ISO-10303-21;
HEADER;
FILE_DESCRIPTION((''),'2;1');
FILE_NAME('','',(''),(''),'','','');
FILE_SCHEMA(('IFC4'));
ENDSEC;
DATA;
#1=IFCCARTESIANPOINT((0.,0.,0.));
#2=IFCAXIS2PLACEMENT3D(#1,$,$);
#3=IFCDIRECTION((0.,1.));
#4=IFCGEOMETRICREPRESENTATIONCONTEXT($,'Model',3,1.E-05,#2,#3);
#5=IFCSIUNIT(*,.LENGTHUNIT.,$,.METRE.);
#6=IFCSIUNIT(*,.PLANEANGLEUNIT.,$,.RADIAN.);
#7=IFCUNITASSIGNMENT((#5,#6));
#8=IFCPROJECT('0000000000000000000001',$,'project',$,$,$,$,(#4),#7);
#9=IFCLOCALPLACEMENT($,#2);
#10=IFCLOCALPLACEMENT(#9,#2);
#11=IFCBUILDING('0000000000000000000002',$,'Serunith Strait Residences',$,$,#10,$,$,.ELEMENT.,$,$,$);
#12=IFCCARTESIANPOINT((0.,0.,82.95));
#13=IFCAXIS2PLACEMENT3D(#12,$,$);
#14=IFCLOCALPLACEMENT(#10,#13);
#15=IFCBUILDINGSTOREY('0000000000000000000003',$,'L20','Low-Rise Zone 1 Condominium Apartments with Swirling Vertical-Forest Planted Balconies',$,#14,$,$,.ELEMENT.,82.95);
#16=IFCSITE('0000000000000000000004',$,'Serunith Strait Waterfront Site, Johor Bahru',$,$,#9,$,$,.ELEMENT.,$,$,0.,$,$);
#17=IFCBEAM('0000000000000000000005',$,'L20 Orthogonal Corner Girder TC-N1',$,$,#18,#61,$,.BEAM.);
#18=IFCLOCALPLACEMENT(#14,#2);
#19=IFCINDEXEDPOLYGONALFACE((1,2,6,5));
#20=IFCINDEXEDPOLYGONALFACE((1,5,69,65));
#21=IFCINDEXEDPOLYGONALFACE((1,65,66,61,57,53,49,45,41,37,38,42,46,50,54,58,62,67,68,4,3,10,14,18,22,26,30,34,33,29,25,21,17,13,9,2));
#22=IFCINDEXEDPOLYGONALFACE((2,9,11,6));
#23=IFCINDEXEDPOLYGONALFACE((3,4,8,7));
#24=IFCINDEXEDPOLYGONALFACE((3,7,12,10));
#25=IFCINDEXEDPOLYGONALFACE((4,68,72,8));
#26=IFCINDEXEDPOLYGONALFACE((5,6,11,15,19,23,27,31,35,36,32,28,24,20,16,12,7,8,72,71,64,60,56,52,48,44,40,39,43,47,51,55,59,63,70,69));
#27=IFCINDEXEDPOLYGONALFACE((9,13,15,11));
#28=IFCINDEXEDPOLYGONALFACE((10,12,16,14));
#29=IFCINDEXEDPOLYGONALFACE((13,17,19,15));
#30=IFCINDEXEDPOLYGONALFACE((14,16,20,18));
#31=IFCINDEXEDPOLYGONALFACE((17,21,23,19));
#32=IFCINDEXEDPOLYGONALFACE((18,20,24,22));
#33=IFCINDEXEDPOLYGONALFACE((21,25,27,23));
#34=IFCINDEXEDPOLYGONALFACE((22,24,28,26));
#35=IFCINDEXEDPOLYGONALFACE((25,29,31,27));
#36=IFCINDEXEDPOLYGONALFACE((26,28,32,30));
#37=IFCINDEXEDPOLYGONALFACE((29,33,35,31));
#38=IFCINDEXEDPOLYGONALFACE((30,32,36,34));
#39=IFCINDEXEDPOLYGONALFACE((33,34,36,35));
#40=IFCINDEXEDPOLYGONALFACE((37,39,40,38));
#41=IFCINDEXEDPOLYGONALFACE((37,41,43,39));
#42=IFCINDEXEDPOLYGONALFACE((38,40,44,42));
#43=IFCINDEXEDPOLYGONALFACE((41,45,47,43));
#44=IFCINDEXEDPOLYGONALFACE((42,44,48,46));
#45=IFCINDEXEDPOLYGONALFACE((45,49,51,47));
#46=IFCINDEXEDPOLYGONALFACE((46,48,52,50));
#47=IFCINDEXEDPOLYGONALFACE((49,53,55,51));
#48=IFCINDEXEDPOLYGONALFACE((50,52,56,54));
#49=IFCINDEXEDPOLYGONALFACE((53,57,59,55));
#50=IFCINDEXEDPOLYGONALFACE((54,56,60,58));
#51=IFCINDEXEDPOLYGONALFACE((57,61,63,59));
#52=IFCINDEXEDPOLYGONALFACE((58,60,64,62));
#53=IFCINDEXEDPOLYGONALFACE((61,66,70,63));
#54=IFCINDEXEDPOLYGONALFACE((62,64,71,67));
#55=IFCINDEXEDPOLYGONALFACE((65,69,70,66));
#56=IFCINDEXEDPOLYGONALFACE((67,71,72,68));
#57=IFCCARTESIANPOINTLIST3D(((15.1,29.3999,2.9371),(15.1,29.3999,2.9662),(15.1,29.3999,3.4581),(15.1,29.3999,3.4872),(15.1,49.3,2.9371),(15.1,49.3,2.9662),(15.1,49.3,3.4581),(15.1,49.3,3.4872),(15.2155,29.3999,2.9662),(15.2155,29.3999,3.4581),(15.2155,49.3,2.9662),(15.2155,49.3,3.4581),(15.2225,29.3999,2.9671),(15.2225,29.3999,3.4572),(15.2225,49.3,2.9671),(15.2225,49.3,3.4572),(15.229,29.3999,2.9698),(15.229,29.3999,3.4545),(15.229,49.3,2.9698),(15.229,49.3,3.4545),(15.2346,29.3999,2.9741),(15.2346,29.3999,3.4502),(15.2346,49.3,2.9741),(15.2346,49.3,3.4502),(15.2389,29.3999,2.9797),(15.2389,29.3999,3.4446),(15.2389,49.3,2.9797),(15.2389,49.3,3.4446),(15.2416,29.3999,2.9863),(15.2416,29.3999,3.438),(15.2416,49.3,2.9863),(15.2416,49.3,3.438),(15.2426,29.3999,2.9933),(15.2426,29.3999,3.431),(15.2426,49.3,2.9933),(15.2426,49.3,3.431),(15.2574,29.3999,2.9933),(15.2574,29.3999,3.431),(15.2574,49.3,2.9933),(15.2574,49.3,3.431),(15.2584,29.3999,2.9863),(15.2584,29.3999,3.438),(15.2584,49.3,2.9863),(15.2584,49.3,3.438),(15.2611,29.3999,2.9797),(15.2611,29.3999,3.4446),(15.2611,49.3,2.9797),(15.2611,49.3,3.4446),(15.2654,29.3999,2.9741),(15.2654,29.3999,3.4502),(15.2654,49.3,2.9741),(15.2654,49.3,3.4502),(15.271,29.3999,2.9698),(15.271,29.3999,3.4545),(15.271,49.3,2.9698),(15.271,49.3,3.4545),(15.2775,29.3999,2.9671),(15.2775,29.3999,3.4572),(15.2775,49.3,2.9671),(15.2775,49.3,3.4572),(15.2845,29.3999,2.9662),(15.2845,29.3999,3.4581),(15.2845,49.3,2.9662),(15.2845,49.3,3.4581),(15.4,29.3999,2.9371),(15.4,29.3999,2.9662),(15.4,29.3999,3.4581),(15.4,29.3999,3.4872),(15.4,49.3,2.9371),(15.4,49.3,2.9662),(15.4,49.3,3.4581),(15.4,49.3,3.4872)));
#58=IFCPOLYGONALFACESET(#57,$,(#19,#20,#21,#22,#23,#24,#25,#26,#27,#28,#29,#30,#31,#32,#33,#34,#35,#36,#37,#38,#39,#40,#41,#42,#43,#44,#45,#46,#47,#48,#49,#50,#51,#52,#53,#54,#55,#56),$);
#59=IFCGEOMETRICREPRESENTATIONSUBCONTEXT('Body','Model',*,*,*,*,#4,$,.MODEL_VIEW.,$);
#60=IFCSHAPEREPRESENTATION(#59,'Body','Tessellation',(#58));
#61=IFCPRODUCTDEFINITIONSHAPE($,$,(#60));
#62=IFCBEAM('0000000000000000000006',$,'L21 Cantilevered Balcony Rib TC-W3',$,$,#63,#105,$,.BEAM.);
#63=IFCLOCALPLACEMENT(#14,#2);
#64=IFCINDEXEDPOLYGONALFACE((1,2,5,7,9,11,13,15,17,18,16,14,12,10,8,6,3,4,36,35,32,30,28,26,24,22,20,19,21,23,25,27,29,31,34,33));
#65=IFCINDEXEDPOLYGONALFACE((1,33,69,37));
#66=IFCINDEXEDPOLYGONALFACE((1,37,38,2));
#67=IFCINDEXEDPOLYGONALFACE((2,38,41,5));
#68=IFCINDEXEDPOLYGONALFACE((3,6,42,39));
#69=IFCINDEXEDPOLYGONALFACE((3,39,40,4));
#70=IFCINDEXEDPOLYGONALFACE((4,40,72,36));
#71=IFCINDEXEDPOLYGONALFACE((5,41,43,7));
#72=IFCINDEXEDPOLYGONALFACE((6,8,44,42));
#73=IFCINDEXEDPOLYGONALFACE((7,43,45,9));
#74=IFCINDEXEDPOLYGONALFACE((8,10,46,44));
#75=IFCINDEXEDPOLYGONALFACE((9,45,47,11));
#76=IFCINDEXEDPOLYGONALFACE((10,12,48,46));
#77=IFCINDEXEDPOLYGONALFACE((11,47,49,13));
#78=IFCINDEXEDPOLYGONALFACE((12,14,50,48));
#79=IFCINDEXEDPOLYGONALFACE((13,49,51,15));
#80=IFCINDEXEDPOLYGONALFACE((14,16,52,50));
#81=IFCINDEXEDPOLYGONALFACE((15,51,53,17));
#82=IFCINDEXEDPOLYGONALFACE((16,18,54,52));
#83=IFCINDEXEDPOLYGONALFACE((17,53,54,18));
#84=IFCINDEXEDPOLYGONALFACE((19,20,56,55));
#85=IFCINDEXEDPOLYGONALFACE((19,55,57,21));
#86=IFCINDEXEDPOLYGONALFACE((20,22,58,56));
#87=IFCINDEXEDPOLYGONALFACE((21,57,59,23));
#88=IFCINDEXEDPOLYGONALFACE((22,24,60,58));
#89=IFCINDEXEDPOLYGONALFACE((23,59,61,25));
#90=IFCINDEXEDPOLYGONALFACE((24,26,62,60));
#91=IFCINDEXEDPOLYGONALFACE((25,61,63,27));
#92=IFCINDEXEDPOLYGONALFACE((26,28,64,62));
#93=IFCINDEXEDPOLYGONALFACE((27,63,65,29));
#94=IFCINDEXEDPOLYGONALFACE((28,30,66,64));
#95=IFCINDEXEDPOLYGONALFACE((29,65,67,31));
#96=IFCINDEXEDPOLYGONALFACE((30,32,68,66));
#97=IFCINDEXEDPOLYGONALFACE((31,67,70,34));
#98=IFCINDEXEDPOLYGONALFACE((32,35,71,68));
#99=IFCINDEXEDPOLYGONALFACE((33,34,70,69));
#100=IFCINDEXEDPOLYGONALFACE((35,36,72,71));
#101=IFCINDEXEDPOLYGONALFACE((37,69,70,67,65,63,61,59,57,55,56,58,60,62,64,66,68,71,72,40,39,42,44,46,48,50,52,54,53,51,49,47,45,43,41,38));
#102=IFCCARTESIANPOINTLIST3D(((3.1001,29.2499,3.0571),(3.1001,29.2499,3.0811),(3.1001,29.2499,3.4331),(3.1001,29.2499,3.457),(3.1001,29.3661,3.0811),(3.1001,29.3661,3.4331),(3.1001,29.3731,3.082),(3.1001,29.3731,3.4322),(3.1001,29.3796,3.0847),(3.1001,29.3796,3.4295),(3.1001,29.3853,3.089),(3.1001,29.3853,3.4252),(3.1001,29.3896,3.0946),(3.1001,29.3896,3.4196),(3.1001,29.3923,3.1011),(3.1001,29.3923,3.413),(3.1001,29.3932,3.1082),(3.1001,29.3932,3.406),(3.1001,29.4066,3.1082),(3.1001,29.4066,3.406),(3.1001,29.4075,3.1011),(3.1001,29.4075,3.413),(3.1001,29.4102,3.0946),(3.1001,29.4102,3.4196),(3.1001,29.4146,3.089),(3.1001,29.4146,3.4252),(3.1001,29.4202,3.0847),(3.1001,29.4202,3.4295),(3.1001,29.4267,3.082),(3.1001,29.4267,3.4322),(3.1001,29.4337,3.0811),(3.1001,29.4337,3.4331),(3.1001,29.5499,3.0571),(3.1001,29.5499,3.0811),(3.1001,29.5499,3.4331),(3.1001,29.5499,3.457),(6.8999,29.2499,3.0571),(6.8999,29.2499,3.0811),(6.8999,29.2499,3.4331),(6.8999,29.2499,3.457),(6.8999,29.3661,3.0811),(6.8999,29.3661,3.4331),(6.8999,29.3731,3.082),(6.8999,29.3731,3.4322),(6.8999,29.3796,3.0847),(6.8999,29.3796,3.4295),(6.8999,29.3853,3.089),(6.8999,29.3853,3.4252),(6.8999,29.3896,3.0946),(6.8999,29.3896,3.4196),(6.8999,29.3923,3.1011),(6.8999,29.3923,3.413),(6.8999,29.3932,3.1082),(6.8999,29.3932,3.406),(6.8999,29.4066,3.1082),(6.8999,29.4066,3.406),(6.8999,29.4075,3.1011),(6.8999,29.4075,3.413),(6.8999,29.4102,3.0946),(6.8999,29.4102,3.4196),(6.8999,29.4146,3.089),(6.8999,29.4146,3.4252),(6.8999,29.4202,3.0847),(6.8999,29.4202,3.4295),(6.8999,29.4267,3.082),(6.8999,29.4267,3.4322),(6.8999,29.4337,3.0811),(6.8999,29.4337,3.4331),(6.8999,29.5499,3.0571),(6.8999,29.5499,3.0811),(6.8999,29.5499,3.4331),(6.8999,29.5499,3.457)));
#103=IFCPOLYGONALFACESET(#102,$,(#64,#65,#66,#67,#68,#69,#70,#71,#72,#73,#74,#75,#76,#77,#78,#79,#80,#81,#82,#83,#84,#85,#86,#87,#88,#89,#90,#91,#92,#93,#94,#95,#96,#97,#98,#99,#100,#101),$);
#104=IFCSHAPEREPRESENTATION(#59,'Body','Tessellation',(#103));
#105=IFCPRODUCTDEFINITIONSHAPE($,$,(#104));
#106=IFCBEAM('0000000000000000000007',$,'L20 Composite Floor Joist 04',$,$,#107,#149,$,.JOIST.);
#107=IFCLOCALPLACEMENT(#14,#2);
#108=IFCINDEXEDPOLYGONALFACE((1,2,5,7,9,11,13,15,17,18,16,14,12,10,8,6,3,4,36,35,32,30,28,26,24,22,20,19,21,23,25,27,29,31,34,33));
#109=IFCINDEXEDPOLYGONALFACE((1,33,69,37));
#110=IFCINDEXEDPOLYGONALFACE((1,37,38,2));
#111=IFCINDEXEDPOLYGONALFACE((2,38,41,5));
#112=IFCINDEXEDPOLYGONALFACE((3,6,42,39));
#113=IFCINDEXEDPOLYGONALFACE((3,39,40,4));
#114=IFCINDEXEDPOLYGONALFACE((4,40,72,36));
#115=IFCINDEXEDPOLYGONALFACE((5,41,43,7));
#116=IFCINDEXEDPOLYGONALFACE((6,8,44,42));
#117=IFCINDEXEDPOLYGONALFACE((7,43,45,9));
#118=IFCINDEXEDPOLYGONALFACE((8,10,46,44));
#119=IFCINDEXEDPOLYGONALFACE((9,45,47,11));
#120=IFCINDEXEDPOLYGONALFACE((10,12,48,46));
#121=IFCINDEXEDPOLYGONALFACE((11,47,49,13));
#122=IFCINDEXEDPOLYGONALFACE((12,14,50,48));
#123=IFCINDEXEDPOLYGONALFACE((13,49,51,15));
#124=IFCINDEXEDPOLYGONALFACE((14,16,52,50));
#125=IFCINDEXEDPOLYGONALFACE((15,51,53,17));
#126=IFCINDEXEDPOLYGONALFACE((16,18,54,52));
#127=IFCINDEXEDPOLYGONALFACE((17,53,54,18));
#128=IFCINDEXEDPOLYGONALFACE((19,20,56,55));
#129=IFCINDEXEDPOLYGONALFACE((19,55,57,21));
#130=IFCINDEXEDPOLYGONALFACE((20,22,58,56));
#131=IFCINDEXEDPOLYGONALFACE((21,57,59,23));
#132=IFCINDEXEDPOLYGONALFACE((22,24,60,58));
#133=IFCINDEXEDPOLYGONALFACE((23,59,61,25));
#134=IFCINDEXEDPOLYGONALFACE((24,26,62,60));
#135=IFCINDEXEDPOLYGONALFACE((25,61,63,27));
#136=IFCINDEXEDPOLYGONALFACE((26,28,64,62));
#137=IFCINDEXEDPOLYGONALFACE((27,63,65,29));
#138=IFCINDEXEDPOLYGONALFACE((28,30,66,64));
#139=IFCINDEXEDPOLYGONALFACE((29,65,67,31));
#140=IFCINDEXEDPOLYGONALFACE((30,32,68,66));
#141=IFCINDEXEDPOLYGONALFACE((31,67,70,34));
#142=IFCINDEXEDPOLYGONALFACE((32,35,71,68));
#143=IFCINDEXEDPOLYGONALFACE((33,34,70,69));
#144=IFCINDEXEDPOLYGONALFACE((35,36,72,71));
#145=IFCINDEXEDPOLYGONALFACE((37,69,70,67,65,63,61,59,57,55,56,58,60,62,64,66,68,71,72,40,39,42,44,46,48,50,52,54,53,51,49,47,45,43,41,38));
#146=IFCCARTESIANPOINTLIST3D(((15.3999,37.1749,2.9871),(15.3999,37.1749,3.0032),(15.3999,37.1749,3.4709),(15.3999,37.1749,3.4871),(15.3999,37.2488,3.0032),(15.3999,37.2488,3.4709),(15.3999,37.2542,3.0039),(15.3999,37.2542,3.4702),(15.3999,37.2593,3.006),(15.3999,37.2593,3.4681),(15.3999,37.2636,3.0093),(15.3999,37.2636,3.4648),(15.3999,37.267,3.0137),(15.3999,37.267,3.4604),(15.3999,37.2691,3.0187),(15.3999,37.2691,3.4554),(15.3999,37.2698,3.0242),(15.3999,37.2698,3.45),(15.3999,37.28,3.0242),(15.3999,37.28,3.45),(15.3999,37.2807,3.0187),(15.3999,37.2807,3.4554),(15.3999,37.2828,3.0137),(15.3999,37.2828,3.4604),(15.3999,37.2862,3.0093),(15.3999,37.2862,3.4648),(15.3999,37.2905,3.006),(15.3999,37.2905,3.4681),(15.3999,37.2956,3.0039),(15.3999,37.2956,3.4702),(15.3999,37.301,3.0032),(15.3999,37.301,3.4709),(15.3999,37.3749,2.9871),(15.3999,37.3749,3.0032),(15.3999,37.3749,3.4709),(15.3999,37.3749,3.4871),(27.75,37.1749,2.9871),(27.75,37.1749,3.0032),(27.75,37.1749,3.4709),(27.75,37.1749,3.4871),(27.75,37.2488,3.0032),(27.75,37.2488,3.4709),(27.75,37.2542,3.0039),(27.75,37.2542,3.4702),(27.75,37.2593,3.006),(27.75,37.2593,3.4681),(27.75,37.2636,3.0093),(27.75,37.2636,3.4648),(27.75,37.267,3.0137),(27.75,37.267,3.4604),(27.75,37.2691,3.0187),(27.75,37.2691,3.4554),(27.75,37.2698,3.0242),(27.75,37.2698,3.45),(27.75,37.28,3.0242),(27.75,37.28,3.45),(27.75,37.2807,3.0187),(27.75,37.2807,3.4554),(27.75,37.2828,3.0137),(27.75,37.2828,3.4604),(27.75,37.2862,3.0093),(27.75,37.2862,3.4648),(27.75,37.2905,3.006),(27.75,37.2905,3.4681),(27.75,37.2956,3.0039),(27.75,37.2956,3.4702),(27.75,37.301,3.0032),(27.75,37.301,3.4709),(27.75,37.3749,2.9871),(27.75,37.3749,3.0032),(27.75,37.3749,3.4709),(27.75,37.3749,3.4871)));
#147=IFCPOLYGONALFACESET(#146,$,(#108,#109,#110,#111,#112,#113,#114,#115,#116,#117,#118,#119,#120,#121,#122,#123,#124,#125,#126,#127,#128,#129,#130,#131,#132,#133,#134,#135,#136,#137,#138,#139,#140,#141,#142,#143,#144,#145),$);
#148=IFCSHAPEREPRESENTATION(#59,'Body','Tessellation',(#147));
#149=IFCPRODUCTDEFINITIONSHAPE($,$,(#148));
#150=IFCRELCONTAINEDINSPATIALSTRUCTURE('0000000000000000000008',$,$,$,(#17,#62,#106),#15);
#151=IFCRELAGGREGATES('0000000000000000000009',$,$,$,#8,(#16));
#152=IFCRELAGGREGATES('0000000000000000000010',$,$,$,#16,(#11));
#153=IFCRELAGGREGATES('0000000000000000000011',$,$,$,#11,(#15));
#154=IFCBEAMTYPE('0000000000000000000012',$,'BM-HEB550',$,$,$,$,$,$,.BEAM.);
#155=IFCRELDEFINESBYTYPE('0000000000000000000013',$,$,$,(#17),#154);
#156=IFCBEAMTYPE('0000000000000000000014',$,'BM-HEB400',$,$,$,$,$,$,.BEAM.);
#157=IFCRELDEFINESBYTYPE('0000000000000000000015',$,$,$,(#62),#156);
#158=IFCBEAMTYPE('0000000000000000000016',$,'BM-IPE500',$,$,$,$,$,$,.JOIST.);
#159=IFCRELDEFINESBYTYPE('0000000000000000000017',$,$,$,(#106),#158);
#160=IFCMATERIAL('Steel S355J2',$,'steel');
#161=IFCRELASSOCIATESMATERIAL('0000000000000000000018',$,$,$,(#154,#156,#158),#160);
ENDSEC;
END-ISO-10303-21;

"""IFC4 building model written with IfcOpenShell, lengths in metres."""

from ifc_helpers import new_model, si_unit, direction, frame, origin, origin_2d, place, context, subcontext, project, spatial, i_section, extrude, source, transform, mapped, material, material_profile, profile_set, type_object, element, save


model = new_model("IFC4")

# Units and contexts
model_context = context("Model", 3, precision=1e-05, world=origin(), true_north=direction((0.0, 1.0)))
body_context = subcontext(model_context, "Body", "Model", "MODEL_VIEW")
ifc_project = project(units=[si_unit("LENGTHUNIT", "METRE"), si_unit("PLANEANGLEUNIT", "RADIAN")], contexts=[model_context])

# Site, building, storey
site_placement = place(None, origin())
site = spatial("IfcSite", under=ifc_project, at=site_placement, Name="Serunith Strait Waterfront Site, Johor Bahru", CompositionType="ELEMENT", RefElevation=0.0)
building_placement = place(site_placement, origin())
building = spatial("IfcBuilding", under=site, at=building_placement, Name="Serunith Strait Residences", CompositionType="ELEMENT")
storey_placement = place(building_placement, frame((0.0, 0.0, 82.95)))
storey = spatial("IfcBuildingStorey", under=building, at=storey_placement, Name="L20", Description="Low-Rise Zone 1 Condominium Apartments with Swirling Vertical-Forest Planted Balconies", CompositionType="ELEMENT", Elevation=82.95)

# Beams
ifc_material_1 = material(Name="Steel S355J2", Category="steel")
ifc_material_profile_1 = material_profile(ifc_material_1, i_section(OverallWidth=0.3, OverallDepth=0.55, WebThickness=0.0149, FlangeThickness=0.0291, FilletRadius=0.0271, at=origin_2d()), Name="HEB 550")
ifc_profile_set_1 = profile_set([ifc_material_profile_1], Name="Steel S355J2")
beam_type_1 = type_object("IfcBeamType", Name="BM-HEB550", PredefinedType="BEAM", material=ifc_profile_set_1)
shared_shape_1 = source(origin(), body_context, "Body", "SweptSolid", [
    extrude(i_section(OverallWidth=0.3, OverallDepth=0.55, WebThickness=0.0149, FlangeThickness=0.0291, FilletRadius=0.0271, at=origin_2d()), origin(), (0.0, 0.0, 1.0), 19.9001),
])
beam_1_placement = place(storey_placement, frame((15.25, 29.3999, 3.2122), z_axis=(0.0, 1.0, 0.0), x_axis=(-1.0, 0.0, 0.0)))
element("IfcBeam", 1, at=beam_1_placement, inside=storey, type_object=beam_type_1, Name="L20 Orthogonal Corner Girder TC-N1", PredefinedType="BEAM", context=body_context, shape_type="MappedRepresentation", body=[
    mapped(shared_shape_1, transform((0.0, 0.0, 0.0), scale=1.0)),
])
ifc_material_profile_2 = material_profile(ifc_material_1, i_section(OverallWidth=0.3, OverallDepth=0.3999, WebThickness=0.0134, FlangeThickness=0.0239, FilletRadius=0.0271, at=origin_2d()), Name="HEB 400")
ifc_profile_set_2 = profile_set([ifc_material_profile_2], Name="Steel S355J2")
beam_type_2 = type_object("IfcBeamType", Name="BM-HEB400", PredefinedType="BEAM", material=ifc_profile_set_2)
shared_shape_2 = source(origin(), body_context, "Body", "SweptSolid", [
    extrude(i_section(OverallWidth=0.3, OverallDepth=0.3999, WebThickness=0.0134, FlangeThickness=0.0239, FilletRadius=0.0271, at=origin_2d()), origin(), (0.0, 0.0, 1.0), 3.7998),
])
beam_2_placement = place(storey_placement, frame((6.8999, 29.3999, 3.2571), z_axis=(-1.0, 0.0, 0.0), x_axis=(0.0, -1.0, 0.0)))
element("IfcBeam", 2, at=beam_2_placement, inside=storey, type_object=beam_type_2, Name="L21 Cantilevered Balcony Rib TC-W3", PredefinedType="BEAM", context=body_context, shape_type="MappedRepresentation", body=[
    mapped(shared_shape_2, transform((0.0, 0.0, 0.0), scale=1.0)),
])
ifc_material_profile_3 = material_profile(ifc_material_1, i_section(OverallWidth=0.2, OverallDepth=0.5, WebThickness=0.0103, FlangeThickness=0.0161, FilletRadius=0.021, at=origin_2d()), Name="IPE 500")
ifc_profile_set_3 = profile_set([ifc_material_profile_3], Name="Steel S355J2")
beam_type_3 = type_object("IfcBeamType", Name="BM-IPE500", PredefinedType="JOIST", material=ifc_profile_set_3)
shared_shape_3 = source(origin(), body_context, "Body", "SweptSolid", [
    extrude(i_section(OverallWidth=0.2, OverallDepth=0.5, WebThickness=0.0103, FlangeThickness=0.0161, FilletRadius=0.021, at=origin_2d()), origin(), (0.0, 0.0, 1.0), 12.3501),
])
beam_3_placement = place(storey_placement, frame((15.3999, 37.2749, 3.2371), z_axis=(1.0, 0.0, 0.0), x_axis=(0.0, 1.0, 0.0)))
element("IfcBeam", 3, at=beam_3_placement, inside=storey, type_object=beam_type_3, Name="L20 Composite Floor Joist 04", PredefinedType="JOIST", context=body_context, shape_type="MappedRepresentation", body=[
    mapped(shared_shape_3, transform((0.0, 0.0, 0.0), scale=1.0)),
])

save(model, "model.ifc")
